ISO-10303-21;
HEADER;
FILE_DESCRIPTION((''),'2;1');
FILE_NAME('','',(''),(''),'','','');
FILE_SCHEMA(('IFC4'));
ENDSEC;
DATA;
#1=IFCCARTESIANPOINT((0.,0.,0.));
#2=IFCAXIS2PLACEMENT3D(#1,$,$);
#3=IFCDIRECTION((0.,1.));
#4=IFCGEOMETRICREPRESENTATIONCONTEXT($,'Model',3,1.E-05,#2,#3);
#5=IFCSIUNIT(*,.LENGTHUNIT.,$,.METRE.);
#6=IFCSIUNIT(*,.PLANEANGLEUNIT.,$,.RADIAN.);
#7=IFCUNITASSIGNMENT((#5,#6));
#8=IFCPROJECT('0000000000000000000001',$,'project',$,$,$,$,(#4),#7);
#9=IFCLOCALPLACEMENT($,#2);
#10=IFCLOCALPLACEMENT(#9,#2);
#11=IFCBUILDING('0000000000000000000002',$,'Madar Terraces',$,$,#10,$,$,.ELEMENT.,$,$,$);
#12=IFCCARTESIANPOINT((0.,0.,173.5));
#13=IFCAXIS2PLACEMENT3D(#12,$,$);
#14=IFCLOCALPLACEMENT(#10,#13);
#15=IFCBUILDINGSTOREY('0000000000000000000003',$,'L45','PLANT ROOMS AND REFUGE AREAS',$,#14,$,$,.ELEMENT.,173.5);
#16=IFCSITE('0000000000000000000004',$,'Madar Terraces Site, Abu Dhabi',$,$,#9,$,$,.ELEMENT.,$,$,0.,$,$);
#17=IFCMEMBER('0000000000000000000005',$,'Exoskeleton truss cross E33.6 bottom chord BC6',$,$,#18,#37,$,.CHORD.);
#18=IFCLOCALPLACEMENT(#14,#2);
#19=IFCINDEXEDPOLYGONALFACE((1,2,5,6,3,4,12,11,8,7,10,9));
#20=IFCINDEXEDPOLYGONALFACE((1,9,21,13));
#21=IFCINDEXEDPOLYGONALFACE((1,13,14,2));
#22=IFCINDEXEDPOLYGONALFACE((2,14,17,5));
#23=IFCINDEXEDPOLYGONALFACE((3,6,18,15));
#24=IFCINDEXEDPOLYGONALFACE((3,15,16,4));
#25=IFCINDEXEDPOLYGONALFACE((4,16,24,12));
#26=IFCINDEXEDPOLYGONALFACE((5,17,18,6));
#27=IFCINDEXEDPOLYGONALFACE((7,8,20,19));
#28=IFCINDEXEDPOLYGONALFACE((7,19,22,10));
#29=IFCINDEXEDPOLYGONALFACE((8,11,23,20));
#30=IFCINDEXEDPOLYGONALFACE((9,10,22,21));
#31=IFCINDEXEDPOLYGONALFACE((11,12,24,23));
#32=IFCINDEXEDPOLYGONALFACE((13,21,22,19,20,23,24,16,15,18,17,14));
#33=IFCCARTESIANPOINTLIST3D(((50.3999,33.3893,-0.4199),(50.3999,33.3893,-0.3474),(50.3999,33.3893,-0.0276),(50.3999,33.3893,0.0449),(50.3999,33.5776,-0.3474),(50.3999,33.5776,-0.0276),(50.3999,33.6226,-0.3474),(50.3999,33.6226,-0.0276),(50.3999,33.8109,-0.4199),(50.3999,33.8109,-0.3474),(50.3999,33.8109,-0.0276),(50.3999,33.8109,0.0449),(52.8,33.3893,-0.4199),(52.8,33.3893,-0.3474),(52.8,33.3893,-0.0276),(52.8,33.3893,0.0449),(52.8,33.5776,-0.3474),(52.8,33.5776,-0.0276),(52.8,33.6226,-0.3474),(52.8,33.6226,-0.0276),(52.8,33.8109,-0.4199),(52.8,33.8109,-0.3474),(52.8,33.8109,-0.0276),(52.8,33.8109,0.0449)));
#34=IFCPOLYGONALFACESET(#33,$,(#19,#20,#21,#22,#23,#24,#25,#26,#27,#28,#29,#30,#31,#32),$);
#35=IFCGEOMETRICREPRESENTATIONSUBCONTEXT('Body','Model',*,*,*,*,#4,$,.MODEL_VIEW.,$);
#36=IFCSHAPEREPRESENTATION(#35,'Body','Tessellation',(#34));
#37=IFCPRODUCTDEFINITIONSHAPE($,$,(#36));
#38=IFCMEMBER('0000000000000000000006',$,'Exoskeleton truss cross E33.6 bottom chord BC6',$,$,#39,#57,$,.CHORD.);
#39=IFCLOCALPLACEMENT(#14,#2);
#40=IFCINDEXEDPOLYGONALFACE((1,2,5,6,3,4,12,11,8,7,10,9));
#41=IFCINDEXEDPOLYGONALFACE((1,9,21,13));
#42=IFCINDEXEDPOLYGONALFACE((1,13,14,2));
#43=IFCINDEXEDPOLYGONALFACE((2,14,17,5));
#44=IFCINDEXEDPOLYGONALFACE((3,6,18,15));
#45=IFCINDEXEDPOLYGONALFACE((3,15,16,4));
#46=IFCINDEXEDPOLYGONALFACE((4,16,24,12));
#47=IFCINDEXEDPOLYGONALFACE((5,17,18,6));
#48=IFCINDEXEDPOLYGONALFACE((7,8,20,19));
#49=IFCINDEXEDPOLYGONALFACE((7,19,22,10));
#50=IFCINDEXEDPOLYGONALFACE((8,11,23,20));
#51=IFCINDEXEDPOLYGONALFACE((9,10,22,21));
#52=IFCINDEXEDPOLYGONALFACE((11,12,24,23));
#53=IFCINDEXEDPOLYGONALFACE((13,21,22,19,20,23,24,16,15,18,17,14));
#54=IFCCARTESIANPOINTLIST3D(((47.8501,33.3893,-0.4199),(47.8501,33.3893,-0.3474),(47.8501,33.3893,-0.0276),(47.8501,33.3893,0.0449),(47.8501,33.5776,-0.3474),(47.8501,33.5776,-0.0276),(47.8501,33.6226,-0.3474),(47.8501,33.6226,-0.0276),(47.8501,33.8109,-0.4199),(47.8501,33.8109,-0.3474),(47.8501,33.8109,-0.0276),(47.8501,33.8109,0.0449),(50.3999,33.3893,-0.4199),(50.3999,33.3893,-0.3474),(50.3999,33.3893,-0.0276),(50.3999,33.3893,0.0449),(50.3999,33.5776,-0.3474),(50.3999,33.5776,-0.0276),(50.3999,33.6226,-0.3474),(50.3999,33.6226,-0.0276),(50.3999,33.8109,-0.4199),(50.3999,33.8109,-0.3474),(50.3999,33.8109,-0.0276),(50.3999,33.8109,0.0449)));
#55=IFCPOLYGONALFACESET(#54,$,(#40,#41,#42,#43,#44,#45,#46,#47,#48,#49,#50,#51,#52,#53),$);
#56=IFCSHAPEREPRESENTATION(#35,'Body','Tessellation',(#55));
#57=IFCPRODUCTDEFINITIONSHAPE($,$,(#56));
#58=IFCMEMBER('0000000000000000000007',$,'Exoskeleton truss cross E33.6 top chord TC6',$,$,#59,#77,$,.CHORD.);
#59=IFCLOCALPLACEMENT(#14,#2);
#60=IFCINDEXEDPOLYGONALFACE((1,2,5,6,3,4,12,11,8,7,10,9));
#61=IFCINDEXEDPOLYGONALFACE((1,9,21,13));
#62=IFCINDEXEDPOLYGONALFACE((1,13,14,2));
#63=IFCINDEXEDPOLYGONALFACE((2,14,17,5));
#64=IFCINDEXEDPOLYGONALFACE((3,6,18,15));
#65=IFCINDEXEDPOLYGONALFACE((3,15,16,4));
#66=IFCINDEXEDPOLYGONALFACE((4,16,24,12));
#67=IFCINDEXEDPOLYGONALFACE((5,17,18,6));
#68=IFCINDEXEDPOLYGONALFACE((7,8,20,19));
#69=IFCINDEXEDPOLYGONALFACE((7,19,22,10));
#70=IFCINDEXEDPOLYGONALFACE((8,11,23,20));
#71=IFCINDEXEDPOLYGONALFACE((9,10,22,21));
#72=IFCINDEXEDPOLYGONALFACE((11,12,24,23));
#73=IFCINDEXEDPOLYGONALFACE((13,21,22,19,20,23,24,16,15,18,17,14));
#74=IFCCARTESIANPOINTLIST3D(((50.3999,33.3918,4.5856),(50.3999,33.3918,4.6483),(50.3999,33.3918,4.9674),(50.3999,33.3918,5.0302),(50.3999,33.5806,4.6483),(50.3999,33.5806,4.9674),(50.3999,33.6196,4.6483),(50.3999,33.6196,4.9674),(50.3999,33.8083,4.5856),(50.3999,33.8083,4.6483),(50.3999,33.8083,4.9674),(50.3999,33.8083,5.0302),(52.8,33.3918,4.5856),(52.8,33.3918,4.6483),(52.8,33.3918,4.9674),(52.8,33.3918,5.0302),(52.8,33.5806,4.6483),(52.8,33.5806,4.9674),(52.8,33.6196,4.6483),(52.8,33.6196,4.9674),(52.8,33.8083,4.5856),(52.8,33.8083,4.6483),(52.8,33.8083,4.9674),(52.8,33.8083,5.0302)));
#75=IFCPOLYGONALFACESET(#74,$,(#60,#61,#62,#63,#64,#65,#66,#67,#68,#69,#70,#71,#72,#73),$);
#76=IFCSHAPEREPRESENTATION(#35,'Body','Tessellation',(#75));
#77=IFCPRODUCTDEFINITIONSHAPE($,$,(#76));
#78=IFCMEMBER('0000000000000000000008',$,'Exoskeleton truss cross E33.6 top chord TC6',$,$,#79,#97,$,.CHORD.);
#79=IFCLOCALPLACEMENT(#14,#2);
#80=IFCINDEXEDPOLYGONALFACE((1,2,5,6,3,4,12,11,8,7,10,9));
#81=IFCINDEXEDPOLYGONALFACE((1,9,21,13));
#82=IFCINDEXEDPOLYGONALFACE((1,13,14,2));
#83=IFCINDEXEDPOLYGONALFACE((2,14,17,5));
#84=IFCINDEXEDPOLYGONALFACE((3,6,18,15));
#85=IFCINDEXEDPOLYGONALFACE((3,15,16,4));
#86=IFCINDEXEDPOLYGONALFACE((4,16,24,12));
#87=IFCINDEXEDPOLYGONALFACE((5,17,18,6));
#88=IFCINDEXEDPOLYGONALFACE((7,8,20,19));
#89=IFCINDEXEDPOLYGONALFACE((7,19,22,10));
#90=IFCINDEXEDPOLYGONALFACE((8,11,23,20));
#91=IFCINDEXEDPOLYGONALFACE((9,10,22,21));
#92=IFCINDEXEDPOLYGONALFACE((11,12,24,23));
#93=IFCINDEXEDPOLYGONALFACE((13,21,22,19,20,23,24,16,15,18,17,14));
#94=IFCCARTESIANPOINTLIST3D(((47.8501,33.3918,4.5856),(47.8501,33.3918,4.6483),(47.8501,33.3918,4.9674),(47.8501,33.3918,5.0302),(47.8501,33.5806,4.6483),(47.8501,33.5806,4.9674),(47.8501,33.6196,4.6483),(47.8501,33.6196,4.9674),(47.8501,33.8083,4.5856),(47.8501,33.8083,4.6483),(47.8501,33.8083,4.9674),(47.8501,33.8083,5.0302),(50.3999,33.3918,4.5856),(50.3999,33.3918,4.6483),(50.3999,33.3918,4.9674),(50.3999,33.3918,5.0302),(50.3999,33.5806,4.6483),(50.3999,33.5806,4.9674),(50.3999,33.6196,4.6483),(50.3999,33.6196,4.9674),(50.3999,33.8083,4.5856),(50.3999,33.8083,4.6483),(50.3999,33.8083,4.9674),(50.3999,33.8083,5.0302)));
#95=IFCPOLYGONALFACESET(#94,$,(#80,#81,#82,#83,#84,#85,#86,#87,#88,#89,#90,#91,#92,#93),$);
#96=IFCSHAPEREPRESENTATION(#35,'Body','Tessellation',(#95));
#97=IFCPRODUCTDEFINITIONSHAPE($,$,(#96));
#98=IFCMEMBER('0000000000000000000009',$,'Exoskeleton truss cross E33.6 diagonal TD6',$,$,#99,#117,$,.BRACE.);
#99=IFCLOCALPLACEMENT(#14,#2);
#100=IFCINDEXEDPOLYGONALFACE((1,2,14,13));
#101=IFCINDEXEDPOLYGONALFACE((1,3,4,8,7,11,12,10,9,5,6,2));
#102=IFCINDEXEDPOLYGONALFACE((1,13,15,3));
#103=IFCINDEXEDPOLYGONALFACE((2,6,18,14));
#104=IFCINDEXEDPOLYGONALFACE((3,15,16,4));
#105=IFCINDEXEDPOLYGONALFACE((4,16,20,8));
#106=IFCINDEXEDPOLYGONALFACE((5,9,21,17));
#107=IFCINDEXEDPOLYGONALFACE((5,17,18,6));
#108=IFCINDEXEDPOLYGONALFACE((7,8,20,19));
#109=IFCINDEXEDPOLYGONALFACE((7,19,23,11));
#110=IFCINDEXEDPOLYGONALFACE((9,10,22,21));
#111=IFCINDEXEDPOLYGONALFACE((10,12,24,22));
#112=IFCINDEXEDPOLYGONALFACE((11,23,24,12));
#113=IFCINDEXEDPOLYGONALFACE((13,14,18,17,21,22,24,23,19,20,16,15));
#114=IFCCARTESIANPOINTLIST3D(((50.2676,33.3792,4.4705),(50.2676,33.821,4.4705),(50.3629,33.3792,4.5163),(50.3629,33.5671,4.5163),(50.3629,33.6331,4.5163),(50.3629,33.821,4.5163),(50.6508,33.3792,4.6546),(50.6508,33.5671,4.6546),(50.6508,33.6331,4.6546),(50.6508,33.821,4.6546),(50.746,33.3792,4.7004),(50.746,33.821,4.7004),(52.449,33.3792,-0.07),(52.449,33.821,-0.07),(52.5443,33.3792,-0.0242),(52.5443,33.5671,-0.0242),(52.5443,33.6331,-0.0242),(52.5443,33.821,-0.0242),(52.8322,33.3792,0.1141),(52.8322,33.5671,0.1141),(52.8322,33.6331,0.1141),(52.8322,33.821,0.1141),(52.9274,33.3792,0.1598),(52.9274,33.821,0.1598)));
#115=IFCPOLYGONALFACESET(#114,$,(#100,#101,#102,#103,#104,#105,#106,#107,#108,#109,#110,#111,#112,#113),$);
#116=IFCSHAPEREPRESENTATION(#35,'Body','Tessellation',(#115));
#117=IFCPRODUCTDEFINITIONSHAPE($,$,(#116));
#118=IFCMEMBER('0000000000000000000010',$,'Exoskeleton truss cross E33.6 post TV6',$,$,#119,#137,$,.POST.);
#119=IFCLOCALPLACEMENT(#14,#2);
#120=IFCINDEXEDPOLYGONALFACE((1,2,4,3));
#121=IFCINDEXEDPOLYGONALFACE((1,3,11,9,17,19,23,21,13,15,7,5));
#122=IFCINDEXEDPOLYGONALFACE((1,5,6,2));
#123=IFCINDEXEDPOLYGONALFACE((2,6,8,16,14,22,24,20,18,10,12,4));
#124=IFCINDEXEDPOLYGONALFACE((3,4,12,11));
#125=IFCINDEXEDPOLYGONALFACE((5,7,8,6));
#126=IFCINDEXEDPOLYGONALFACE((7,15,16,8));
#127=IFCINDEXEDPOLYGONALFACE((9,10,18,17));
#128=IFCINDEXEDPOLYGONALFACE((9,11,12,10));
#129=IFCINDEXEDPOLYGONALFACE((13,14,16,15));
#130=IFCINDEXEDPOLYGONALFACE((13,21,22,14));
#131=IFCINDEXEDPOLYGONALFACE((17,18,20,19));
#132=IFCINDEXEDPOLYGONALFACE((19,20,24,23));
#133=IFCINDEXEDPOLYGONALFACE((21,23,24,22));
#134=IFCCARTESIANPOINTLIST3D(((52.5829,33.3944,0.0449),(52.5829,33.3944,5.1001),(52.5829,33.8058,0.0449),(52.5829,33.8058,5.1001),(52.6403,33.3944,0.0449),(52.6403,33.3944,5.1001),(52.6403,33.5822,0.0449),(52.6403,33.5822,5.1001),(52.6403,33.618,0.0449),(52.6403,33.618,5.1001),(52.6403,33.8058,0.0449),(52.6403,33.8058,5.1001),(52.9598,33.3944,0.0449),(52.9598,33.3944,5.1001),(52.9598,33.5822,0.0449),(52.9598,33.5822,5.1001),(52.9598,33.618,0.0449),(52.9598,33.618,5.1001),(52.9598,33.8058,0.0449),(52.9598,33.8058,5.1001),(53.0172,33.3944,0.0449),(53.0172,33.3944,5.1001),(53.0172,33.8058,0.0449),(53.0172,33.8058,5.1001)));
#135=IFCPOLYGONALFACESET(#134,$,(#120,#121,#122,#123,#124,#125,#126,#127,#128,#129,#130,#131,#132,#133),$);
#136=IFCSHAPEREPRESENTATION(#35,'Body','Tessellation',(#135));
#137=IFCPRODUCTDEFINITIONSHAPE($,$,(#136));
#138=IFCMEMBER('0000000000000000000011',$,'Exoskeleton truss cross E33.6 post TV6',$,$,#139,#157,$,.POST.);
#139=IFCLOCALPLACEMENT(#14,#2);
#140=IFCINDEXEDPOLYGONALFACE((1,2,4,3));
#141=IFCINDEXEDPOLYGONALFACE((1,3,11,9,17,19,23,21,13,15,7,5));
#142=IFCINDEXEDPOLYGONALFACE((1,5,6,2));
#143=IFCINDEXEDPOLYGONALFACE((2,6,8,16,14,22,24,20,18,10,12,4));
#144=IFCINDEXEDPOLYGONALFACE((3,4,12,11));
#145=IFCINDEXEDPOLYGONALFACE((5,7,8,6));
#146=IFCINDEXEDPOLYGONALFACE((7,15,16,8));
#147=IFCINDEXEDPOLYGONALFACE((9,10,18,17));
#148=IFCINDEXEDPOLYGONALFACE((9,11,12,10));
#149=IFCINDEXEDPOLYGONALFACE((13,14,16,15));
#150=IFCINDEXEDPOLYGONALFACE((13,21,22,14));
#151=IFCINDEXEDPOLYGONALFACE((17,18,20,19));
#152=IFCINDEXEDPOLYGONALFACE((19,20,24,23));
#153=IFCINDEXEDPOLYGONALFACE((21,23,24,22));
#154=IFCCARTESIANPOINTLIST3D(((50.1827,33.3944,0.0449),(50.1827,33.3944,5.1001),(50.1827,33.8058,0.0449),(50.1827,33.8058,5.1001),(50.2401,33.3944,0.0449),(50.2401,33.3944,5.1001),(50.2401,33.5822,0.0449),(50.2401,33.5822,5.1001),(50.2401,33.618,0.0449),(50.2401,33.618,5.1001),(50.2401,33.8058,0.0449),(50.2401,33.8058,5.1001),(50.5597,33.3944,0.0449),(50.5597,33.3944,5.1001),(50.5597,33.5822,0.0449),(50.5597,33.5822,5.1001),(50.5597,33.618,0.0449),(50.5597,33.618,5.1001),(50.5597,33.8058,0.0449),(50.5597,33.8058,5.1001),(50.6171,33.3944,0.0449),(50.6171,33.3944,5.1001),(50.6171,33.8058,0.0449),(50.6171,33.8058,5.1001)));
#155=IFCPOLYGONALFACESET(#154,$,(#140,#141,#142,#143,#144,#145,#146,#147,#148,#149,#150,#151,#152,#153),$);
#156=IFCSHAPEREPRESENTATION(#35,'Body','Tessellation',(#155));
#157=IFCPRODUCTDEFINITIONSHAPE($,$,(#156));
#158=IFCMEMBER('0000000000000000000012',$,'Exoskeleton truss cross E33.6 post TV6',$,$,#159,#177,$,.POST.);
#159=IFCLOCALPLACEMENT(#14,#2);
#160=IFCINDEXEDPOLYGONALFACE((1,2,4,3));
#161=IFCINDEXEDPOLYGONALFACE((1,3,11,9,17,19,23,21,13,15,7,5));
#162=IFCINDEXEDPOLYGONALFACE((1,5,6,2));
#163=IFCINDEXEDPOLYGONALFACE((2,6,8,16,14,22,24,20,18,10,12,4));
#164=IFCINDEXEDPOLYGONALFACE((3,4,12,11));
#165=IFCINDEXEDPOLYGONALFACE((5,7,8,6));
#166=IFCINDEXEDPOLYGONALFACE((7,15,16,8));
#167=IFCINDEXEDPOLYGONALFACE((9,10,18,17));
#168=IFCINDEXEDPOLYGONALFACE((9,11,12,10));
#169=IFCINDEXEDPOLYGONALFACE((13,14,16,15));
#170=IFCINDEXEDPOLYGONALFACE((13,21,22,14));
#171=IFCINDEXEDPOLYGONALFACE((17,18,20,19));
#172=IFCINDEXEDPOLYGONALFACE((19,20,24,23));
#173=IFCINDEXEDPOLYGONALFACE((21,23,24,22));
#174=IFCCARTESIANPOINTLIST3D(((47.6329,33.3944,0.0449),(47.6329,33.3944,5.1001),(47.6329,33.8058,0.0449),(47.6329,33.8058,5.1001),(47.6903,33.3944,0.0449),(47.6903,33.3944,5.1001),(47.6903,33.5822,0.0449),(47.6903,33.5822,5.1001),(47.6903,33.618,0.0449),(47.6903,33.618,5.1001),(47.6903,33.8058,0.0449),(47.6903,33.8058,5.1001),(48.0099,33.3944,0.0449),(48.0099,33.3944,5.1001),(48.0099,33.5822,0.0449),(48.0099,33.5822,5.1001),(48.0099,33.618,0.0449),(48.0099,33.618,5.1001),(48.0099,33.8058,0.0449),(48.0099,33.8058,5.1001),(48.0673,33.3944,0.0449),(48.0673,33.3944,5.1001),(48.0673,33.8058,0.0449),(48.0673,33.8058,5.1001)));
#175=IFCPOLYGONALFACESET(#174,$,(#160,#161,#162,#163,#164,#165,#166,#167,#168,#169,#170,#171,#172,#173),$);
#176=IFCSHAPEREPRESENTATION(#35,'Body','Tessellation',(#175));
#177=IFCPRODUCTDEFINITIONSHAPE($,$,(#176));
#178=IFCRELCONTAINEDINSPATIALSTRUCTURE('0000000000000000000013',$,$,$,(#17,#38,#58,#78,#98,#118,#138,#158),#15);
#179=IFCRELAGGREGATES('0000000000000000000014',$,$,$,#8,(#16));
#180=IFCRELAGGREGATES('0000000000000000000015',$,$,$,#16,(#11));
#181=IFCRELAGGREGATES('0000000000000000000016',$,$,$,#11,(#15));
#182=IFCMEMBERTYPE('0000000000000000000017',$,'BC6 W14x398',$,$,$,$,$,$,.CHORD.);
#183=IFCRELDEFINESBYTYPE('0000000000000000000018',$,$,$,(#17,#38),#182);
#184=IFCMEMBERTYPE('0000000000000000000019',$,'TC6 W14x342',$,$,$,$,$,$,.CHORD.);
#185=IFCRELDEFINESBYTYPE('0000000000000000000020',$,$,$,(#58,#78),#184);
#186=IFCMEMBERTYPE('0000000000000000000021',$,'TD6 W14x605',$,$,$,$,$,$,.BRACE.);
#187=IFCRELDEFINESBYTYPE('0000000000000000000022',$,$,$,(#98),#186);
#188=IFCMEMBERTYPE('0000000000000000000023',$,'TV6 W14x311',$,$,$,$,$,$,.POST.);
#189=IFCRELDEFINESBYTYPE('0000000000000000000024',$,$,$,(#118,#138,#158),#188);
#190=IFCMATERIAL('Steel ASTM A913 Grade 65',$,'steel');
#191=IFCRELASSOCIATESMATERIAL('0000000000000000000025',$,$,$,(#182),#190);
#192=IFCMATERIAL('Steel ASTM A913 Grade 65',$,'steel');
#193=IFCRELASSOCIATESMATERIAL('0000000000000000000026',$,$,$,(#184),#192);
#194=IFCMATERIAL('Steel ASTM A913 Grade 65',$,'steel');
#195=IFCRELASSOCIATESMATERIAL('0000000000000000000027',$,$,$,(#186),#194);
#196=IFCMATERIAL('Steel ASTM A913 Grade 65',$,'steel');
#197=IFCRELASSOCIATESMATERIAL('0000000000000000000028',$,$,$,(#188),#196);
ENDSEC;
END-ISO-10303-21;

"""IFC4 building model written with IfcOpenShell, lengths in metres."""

from ifc_helpers import new_model, si_unit, direction, frame, origin, origin_2d, place, context, subcontext, project, spatial, i_section, extrude, material, material_profile, profile_set, type_object, element, save


model = new_model("IFC4")

# Units and contexts
model_context = context("Model", 3, precision=1e-05, world=origin(), true_north=direction((0.0, 1.0)))
body_context = subcontext(model_context, "Body", "Model", "MODEL_VIEW")
ifc_project = project(units=[si_unit("LENGTHUNIT", "METRE"), si_unit("PLANEANGLEUNIT", "RADIAN")], contexts=[model_context])

# Site, building, storey
site_placement = place(None, origin())
site = spatial("IfcSite", under=ifc_project, at=site_placement, Name="Madar Terraces Site, Abu Dhabi", CompositionType="ELEMENT", RefElevation=0.0)
building_placement = place(site_placement, origin())
building = spatial("IfcBuilding", under=site, at=building_placement, Name="Madar Terraces", CompositionType="ELEMENT")
storey_placement = place(building_placement, frame((0.0, 0.0, 173.5)))
storey = spatial("IfcBuildingStorey", under=building, at=storey_placement, Name="L45", Description="PLANT ROOMS AND REFUGE AREAS", CompositionType="ELEMENT", Elevation=173.5)

# Members
ifc_material_1 = material(Name="Steel ASTM A913 Grade 65", Category="steel")
ifc_material_profile_1 = material_profile(ifc_material_1, i_section(OverallWidth=0.4216, OverallDepth=0.4648, WebThickness=0.0449, FlangeThickness=0.0725, at=origin_2d()), Name="W14x398")
ifc_profile_set_1 = profile_set([ifc_material_profile_1], Name="Steel ASTM A913 Grade 65")
member_type_1 = type_object("IfcMemberType", Name="BC6 W14x398", PredefinedType="CHORD", material=ifc_profile_set_1)
member_1_placement = place(storey_placement, frame((52.8, 33.6001, -0.1875), z_axis=(-1.0, 0.0, 0.0), x_axis=(0.0, -1.0, 0.0)))
element("IfcMember", 1, at=member_1_placement, inside=storey, type_object=member_type_1, Name="Exoskeleton truss cross E33.6 bottom chord BC6", PredefinedType="CHORD", context=body_context, shape_type="SweptSolid", body=[
    extrude(i_section(OverallWidth=0.4216, OverallDepth=0.4648, WebThickness=0.0449, FlangeThickness=0.0725, at=origin_2d()), origin(), (0.0, 0.0, 1.0), 2.4001),
])
member_2_placement = place(storey_placement, frame((50.3999, 33.6001, -0.1875), z_axis=(-1.0, 0.0, 0.0), x_axis=(0.0, -1.0, 0.0)))
element("IfcMember", 2, at=member_2_placement, inside=storey, type_object=member_type_1, Name="Exoskeleton truss cross E33.6 bottom chord BC6", PredefinedType="CHORD", context=body_context, shape_type="SweptSolid", body=[
    extrude(i_section(OverallWidth=0.4216, OverallDepth=0.4648, WebThickness=0.0449, FlangeThickness=0.0725, at=origin_2d()), origin(), (0.0, 0.0, 1.0), 2.5498),
])
ifc_material_2 = material(Name="Steel ASTM A913 Grade 65", Category="steel")
ifc_material_profile_2 = material_profile(ifc_material_2, i_section(OverallWidth=0.4165, OverallDepth=0.4446, WebThickness=0.0391, FlangeThickness=0.0627, at=origin_2d()), Name="W14x342")
ifc_profile_set_2 = profile_set([ifc_material_profile_2], Name="Steel ASTM A913 Grade 65")
member_type_2 = type_object("IfcMemberType", Name="TC6 W14x342", PredefinedType="CHORD", material=ifc_profile_set_2)
member_3_placement = place(storey_placement, frame((52.8, 33.6001, 4.8079), z_axis=(-1.0, 0.0, 0.0), x_axis=(0.0, -1.0, 0.0)))
element("IfcMember", 3, at=member_3_placement, inside=storey, type_object=member_type_2, Name="Exoskeleton truss cross E33.6 top chord TC6", PredefinedType="CHORD", context=body_context, shape_type="SweptSolid", body=[
    extrude(i_section(OverallWidth=0.4165, OverallDepth=0.4446, WebThickness=0.0391, FlangeThickness=0.0627, at=origin_2d()), origin(), (0.0, 0.0, 1.0), 2.4001),
])
member_4_placement = place(storey_placement, frame((50.3999, 33.6001, 4.8079), z_axis=(-1.0, 0.0, 0.0), x_axis=(0.0, -1.0, 0.0)))
element("IfcMember", 4, at=member_4_placement, inside=storey, type_object=member_type_2, Name="Exoskeleton truss cross E33.6 top chord TC6", PredefinedType="CHORD", context=body_context, shape_type="SweptSolid", body=[
    extrude(i_section(OverallWidth=0.4165, OverallDepth=0.4446, WebThickness=0.0391, FlangeThickness=0.0627, at=origin_2d()), origin(), (0.0, 0.0, 1.0), 2.5498),
])
ifc_material_3 = material(Name="Steel ASTM A913 Grade 65", Category="steel")
ifc_material_profile_3 = material_profile(ifc_material_3, i_section(OverallWidth=0.4419, OverallDepth=0.5308, WebThickness=0.0659, FlangeThickness=0.1057, at=origin_2d()), Name="W14x605")
ifc_profile_set_3 = profile_set([ifc_material_profile_3], Name="Steel ASTM A913 Grade 65")
member_type_3 = type_object("IfcMemberType", Name="TD6 W14x605", PredefinedType="BRACE", material=ifc_profile_set_3)
member_5_placement = place(storey_placement, frame((52.6882, 33.6001, 0.0449), z_axis=(-0.433045, 0.0, 0.901372), x_axis=(0.0, -1.0, 0.0)))
element("IfcMember", 5, at=member_5_placement, inside=storey, type_object=member_type_3, Name="Exoskeleton truss cross E33.6 diagonal TD6", PredefinedType="BRACE", context=body_context, shape_type="SweptSolid", body=[
    extrude(i_section(OverallWidth=0.4419, OverallDepth=0.5308, WebThickness=0.0659, FlangeThickness=0.1057, at=origin_2d()), origin(), (0.0, 0.0, 1.0), 5.0374),
])
ifc_material_4 = material(Name="Steel ASTM A913 Grade 65", Category="steel")
ifc_material_profile_4 = material_profile(ifc_material_4, i_section(OverallWidth=0.4114, OverallDepth=0.4343, WebThickness=0.0359, FlangeThickness=0.0574, at=origin_2d()), Name="W14x311")
ifc_profile_set_4 = profile_set([ifc_material_profile_4], Name="Steel ASTM A913 Grade 65")
member_type_4 = type_object("IfcMemberType", Name="TV6 W14x311", PredefinedType="POST", material=ifc_profile_set_4)
for number, where, z_axis, x_axis, name in (
    (6, (52.8, 33.6001, 0.0449), (0.0, 0.0, 1.0), (0.0, 1.0, 0.0), "Exoskeleton truss cross E33.6 post TV6"),
    (7, (50.3999, 33.6001, 0.0449), (0.0, 0.0, 1.0), (0.0, 1.0, 0.0), "Exoskeleton truss cross E33.6 post TV6"),
    (8, (47.8501, 33.6001, 0.0449), (0.0, 0.0, 1.0), (0.0, 1.0, 0.0), "Exoskeleton truss cross E33.6 post TV6"),
):
    element("IfcMember", number, at=place(storey_placement, frame(where, z_axis=z_axis, x_axis=x_axis)), inside=storey, type_object=member_type_4, Name=name, PredefinedType="POST", context=body_context, shape_type="SweptSolid", body=[
        extrude(i_section(OverallWidth=0.4114, OverallDepth=0.4343, WebThickness=0.0359, FlangeThickness=0.0574, at=origin_2d()), origin(), (0.0, 0.0, 1.0), 5.0552),
    ])

save(model, "model.ifc")
